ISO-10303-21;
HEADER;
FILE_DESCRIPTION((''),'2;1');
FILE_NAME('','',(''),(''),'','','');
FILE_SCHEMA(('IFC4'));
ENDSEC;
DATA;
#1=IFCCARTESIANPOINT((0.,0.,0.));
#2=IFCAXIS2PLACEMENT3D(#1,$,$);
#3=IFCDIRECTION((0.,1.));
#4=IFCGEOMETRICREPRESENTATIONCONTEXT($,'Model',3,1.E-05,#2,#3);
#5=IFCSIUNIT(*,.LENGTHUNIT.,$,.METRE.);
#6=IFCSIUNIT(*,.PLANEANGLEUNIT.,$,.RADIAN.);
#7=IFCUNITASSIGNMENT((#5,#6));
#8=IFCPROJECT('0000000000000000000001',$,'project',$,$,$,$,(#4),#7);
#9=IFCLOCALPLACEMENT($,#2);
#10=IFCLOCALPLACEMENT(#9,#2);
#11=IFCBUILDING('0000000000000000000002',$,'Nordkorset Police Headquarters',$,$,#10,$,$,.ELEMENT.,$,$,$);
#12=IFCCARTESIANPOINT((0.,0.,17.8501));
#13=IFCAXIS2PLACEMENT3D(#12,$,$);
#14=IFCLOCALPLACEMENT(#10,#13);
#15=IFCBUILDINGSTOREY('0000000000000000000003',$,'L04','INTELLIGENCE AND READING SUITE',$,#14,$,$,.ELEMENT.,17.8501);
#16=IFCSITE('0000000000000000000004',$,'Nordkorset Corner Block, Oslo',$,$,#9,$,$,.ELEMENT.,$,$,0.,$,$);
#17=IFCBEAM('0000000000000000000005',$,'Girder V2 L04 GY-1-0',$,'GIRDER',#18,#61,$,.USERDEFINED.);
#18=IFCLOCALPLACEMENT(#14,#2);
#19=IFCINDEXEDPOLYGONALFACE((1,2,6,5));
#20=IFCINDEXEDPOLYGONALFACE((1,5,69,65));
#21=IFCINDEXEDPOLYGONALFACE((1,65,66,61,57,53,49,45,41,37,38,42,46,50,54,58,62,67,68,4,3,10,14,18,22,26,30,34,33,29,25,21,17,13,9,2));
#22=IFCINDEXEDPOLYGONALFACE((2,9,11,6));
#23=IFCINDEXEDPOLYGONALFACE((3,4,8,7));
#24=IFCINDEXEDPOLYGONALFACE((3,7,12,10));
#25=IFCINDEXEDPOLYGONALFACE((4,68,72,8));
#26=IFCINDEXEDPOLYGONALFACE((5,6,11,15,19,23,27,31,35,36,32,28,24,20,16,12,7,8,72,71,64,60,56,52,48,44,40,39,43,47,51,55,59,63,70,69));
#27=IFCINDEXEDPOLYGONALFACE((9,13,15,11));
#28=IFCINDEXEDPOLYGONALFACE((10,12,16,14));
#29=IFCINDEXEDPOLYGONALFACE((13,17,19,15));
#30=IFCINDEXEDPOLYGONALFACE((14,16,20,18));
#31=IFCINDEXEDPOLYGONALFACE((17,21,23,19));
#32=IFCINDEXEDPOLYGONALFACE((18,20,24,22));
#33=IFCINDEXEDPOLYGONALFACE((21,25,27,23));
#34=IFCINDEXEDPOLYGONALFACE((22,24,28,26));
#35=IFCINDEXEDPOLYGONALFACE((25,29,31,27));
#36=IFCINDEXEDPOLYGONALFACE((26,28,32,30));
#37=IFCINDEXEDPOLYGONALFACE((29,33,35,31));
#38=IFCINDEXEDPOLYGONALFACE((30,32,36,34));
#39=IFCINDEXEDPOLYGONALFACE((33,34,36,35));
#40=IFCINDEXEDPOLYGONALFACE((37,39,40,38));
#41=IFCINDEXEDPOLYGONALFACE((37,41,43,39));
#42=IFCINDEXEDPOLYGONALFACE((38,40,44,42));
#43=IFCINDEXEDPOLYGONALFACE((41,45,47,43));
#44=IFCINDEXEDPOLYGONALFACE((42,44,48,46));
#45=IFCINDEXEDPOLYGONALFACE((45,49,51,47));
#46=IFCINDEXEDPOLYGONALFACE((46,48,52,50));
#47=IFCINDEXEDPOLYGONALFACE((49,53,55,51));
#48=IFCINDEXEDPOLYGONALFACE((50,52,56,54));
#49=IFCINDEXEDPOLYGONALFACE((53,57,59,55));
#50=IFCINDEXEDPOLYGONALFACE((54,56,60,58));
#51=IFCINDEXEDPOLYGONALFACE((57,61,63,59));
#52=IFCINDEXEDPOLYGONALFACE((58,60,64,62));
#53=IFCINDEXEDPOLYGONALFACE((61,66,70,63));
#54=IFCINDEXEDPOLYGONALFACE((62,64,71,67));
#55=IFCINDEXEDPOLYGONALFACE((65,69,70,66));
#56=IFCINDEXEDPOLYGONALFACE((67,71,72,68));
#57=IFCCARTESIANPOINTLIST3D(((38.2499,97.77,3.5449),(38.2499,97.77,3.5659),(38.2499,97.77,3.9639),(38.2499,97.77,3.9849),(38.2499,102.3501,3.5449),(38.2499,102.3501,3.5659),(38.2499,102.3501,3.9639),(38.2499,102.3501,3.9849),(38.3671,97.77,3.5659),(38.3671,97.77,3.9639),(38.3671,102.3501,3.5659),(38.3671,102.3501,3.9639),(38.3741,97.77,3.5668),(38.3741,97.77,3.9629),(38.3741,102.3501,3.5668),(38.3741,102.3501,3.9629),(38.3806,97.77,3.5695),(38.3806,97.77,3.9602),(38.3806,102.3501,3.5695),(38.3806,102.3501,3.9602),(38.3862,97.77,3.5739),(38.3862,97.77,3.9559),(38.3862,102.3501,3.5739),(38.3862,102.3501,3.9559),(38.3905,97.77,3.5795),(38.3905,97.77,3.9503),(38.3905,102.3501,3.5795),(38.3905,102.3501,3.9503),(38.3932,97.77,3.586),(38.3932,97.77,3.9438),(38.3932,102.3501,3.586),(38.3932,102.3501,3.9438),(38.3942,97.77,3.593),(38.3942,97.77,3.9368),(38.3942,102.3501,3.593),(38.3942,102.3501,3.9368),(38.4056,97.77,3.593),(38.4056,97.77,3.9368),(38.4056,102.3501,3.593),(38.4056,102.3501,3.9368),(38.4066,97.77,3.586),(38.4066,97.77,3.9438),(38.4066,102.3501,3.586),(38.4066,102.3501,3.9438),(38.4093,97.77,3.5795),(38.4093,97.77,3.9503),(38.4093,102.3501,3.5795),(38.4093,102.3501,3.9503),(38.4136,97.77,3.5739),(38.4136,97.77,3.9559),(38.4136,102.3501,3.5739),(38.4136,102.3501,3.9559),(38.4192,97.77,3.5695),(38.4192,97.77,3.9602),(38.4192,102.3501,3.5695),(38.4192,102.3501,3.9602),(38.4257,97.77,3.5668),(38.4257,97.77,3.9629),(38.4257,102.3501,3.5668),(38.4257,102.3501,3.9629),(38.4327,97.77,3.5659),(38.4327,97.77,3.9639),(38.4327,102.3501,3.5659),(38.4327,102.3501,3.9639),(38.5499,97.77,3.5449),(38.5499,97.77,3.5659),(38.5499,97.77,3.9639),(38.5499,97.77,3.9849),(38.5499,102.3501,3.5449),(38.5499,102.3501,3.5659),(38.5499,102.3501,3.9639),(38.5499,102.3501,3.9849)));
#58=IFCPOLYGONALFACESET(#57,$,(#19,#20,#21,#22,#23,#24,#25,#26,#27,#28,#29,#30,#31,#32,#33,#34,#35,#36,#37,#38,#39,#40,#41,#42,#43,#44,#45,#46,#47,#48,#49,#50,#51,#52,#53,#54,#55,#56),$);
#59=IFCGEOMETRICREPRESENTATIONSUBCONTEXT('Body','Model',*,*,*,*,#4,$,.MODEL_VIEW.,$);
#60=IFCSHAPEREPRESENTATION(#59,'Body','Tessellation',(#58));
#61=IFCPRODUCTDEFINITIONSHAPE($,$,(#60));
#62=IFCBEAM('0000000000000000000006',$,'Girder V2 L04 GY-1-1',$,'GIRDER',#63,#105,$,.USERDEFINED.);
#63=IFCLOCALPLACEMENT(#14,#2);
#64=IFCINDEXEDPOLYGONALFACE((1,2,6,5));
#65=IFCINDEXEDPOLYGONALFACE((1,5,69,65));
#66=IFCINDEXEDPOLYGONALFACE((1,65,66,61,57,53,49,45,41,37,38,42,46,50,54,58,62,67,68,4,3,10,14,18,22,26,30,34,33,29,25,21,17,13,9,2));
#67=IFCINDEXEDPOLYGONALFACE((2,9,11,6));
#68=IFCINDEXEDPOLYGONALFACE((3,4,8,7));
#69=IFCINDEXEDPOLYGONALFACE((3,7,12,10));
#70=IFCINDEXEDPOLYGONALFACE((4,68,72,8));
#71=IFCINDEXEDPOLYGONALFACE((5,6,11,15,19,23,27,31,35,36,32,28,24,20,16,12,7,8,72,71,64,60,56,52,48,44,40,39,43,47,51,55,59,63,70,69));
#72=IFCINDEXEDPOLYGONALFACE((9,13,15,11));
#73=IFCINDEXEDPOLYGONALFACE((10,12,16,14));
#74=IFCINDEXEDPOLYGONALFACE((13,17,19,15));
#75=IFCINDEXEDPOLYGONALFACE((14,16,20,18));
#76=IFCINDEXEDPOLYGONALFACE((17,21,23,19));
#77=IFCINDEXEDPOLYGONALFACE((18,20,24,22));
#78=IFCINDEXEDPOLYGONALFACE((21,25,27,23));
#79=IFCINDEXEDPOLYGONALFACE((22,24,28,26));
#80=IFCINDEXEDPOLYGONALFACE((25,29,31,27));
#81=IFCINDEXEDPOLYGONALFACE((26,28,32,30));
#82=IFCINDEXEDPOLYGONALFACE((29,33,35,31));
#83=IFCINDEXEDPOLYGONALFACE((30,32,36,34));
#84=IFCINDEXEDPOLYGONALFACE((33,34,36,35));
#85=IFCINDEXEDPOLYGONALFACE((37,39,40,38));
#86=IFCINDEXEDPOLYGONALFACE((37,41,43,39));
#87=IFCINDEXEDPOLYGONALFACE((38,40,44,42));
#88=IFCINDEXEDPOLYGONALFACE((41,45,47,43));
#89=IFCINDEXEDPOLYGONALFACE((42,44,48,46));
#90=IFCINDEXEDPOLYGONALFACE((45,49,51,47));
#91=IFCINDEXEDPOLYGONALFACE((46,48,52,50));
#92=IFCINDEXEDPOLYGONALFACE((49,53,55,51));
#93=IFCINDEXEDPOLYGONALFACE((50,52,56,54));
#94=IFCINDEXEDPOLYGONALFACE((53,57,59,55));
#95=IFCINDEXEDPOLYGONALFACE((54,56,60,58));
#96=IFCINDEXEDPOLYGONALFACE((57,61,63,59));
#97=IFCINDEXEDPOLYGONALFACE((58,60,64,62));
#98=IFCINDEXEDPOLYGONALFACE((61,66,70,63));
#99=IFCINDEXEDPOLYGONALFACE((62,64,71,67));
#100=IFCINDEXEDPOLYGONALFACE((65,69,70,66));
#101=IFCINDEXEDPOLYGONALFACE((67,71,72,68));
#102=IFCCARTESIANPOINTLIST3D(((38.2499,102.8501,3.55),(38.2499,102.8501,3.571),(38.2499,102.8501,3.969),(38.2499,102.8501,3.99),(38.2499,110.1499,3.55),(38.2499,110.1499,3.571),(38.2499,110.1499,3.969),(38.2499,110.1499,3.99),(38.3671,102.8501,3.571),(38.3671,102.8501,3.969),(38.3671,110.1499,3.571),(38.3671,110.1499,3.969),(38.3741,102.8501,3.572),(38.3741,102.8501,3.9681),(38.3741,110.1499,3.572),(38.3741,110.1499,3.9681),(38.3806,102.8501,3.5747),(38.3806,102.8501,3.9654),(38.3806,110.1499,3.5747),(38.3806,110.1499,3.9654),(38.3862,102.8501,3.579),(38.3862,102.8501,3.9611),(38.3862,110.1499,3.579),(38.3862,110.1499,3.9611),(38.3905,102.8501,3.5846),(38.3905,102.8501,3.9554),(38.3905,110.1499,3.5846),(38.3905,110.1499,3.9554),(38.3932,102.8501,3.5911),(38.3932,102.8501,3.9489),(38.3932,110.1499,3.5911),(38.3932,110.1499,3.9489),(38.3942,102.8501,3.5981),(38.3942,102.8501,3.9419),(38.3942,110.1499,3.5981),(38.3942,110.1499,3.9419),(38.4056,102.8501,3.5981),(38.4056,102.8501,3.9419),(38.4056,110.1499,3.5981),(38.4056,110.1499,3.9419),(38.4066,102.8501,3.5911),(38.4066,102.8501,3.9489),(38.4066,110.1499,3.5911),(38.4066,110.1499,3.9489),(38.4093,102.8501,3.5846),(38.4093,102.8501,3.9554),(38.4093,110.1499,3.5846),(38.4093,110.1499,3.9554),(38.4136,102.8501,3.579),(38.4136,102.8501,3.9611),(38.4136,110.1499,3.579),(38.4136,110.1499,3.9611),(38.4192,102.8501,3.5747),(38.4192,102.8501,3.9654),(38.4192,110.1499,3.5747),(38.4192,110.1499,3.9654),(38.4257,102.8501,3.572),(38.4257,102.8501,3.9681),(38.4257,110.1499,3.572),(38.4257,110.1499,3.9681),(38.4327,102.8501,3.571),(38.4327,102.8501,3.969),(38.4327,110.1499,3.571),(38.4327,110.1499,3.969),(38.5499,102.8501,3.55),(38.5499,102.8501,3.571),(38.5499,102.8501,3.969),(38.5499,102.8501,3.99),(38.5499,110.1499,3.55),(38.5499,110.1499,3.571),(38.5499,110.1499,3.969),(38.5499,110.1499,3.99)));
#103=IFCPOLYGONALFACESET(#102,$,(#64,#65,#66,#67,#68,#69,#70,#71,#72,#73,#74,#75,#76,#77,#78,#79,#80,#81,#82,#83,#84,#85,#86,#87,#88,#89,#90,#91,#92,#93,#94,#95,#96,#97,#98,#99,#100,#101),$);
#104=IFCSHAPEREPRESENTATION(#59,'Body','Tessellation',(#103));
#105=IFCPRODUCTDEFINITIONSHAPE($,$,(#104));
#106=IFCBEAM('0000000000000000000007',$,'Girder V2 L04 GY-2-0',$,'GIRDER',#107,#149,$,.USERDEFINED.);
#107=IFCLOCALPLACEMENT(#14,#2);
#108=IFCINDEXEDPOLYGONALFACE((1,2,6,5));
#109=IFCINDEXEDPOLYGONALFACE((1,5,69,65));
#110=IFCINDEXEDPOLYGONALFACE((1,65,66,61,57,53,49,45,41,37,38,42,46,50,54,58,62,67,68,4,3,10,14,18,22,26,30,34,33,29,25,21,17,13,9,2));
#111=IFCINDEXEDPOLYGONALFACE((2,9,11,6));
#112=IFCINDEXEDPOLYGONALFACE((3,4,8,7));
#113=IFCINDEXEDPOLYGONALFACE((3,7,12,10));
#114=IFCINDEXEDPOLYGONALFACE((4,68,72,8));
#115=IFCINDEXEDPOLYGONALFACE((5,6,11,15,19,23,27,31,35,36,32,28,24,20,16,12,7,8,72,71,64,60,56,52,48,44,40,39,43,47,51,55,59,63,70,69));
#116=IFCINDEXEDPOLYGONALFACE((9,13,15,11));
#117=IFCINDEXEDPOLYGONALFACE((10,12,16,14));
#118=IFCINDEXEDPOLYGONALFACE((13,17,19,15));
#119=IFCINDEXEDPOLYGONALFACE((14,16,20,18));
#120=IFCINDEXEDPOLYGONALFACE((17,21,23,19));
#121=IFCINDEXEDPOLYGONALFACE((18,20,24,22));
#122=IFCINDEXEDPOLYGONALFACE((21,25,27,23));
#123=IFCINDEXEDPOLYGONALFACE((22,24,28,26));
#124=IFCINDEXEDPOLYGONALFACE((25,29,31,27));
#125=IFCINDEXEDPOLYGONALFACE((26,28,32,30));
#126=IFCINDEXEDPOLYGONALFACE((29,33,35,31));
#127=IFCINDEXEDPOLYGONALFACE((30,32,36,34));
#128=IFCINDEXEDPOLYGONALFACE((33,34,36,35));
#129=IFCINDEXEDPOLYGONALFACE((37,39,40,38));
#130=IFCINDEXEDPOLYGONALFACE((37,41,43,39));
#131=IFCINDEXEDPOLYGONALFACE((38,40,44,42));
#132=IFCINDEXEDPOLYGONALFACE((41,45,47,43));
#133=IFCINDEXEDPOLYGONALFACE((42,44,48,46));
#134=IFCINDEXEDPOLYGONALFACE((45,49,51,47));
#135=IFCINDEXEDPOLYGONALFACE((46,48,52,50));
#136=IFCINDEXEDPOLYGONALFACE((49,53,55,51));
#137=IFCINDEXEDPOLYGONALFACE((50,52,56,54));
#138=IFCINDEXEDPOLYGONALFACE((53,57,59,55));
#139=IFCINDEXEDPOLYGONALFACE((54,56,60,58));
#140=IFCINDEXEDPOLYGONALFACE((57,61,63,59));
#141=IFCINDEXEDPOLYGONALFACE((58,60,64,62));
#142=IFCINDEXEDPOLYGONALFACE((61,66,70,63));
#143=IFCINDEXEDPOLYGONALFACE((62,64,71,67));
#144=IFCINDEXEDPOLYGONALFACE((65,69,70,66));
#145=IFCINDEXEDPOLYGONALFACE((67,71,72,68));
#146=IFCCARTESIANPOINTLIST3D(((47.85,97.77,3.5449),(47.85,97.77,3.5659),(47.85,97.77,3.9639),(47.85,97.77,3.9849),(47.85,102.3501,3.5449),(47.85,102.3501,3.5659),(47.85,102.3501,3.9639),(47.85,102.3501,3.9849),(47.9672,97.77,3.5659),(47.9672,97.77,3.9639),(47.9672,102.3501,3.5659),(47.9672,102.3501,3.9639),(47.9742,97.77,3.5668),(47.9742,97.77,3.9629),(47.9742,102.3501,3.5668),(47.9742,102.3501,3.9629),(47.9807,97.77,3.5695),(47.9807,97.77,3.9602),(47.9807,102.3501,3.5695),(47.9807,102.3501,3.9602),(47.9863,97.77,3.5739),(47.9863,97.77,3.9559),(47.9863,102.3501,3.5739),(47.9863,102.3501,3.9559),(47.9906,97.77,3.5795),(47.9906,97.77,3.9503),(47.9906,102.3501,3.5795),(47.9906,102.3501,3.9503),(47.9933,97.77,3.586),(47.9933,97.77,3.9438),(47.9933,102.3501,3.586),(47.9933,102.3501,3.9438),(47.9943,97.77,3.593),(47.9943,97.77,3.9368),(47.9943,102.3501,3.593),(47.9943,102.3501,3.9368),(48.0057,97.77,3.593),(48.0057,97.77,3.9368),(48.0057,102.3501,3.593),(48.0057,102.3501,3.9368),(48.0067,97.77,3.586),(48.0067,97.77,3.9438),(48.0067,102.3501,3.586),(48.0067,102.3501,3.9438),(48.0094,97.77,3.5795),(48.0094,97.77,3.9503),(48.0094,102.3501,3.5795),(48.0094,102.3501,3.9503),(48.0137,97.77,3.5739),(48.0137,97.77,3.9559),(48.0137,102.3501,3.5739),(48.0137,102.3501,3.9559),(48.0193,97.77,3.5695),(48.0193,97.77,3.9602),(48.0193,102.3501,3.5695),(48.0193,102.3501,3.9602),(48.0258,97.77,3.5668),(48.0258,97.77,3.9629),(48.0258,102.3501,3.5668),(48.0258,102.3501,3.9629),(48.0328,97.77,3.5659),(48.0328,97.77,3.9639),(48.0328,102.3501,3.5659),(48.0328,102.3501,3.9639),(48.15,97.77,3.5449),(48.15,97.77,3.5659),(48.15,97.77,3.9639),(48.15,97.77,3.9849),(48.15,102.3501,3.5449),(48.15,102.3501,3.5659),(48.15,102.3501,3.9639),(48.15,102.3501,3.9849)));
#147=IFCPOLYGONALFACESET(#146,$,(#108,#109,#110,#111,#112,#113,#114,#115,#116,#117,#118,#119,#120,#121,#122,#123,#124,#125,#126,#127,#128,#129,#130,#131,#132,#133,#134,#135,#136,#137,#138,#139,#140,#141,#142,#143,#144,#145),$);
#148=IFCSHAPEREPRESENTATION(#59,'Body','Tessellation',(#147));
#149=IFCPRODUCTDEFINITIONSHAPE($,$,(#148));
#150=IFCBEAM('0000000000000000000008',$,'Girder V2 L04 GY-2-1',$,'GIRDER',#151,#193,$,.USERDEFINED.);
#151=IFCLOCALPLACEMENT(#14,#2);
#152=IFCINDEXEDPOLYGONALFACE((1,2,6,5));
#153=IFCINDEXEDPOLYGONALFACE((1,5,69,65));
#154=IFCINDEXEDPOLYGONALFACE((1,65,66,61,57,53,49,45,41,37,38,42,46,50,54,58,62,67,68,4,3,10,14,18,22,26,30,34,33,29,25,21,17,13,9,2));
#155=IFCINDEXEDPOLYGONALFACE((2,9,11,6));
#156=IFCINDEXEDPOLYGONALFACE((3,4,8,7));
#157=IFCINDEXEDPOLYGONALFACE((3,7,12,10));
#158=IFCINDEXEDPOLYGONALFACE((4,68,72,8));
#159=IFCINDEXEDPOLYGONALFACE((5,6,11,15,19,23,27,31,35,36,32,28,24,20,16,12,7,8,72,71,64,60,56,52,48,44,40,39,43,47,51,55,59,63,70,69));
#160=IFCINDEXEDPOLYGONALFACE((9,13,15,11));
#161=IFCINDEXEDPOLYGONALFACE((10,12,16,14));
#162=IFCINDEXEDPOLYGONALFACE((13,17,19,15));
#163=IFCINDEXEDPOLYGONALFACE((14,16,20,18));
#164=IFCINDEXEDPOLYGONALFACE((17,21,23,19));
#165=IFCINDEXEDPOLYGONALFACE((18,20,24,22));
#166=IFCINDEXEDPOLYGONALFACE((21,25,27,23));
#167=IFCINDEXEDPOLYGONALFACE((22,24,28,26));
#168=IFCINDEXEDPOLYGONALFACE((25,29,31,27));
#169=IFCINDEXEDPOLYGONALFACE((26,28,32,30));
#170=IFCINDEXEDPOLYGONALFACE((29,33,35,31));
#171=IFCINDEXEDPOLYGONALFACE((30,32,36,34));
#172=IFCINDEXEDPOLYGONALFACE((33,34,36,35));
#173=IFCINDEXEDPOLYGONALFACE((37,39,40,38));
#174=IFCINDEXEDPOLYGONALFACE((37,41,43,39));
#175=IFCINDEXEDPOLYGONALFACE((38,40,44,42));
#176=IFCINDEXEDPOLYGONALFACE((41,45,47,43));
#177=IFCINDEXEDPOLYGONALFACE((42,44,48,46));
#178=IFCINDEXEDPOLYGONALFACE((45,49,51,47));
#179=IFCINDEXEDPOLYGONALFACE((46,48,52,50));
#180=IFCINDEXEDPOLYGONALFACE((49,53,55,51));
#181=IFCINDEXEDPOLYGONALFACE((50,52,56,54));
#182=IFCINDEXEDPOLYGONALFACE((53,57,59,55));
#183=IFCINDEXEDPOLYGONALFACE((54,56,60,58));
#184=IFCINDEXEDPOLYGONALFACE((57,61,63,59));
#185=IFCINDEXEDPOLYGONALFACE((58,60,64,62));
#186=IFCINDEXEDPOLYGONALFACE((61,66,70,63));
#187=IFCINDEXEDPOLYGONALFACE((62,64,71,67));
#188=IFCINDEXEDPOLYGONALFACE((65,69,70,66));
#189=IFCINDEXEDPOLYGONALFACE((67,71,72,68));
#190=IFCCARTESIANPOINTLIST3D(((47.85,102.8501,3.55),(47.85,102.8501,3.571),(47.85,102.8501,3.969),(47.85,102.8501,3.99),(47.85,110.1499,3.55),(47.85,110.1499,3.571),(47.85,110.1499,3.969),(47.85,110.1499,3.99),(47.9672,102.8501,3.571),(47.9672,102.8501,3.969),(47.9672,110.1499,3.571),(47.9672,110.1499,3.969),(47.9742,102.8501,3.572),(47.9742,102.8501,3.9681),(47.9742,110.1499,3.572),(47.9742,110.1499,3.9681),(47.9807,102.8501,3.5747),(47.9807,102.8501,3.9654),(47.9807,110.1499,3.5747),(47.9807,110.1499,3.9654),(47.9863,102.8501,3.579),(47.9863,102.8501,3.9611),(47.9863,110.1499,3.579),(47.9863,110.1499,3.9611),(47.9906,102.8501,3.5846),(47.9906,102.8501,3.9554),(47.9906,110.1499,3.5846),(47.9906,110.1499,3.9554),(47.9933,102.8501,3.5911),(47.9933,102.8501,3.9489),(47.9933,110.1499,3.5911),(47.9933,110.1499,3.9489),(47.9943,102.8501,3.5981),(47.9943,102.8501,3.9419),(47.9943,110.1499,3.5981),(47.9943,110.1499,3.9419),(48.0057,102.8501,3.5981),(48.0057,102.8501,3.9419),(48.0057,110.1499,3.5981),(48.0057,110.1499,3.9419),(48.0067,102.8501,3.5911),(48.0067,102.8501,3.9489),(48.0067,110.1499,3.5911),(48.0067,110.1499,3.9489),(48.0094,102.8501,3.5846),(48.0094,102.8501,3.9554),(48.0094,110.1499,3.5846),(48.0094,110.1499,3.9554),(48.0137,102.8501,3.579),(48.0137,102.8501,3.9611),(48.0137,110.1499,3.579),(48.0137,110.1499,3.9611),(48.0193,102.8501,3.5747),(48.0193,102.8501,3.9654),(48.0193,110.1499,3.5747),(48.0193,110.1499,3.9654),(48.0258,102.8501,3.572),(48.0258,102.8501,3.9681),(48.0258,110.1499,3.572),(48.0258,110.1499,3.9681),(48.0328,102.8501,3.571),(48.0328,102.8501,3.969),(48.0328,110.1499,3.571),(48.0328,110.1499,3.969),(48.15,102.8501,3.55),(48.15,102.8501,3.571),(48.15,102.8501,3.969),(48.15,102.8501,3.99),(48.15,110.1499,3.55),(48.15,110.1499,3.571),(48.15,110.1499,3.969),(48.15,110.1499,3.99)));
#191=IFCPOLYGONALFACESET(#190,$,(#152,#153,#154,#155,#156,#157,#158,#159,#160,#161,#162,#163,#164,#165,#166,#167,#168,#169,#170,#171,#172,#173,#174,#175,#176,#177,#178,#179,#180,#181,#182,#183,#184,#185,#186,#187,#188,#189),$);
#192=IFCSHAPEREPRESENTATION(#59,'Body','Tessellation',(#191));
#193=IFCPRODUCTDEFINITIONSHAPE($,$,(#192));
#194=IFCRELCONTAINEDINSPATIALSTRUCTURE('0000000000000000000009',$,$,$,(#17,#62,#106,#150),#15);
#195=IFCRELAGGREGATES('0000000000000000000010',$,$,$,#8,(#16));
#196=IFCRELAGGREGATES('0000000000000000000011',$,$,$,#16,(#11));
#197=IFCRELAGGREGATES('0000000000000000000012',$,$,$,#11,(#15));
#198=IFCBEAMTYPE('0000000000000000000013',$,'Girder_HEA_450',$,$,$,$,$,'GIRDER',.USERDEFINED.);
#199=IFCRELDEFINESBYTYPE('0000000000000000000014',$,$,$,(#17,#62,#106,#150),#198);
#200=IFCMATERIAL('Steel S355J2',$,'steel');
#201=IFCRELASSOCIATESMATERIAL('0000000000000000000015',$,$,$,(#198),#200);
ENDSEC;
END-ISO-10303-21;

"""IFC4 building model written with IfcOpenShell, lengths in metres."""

from ifc_helpers import new_model, si_unit, direction, frame, origin, origin_2d, place, context, subcontext, project, spatial, i_section, extrude, material, material_profile, profile_set, type_object, element, save


model = new_model("IFC4")

# Units and contexts
model_context = context("Model", 3, precision=1e-05, world=origin(), true_north=direction((0.0, 1.0)))
body_context = subcontext(model_context, "Body", "Model", "MODEL_VIEW")
ifc_project = project(units=[si_unit("LENGTHUNIT", "METRE"), si_unit("PLANEANGLEUNIT", "RADIAN")], contexts=[model_context])

# Site, building, storey
site_placement = place(None, origin())
site = spatial("IfcSite", under=ifc_project, at=site_placement, Name="Nordkorset Corner Block, Oslo", CompositionType="ELEMENT", RefElevation=0.0)
building_placement = place(site_placement, origin())
building = spatial("IfcBuilding", under=site, at=building_placement, Name="Nordkorset Police Headquarters", CompositionType="ELEMENT")
storey_placement = place(building_placement, frame((0.0, 0.0, 17.8501)))
storey = spatial("IfcBuildingStorey", under=building, at=storey_placement, Name="L04", Description="INTELLIGENCE AND READING SUITE", CompositionType="ELEMENT", Elevation=17.8501)

# Beams
ifc_material_1 = material(Name="Steel S355J2", Category="steel")
ifc_material_profile_1 = material_profile(ifc_material_1, i_section(OverallWidth=0.3, OverallDepth=0.4399, WebThickness=0.0115, FlangeThickness=0.021, FilletRadius=0.0271, at=origin_2d()), Name="HEA 450")
ifc_profile_set_1 = profile_set([ifc_material_profile_1], Name="Steel S355J2")
beam_type_1 = type_object("IfcBeamType", Name="Girder_HEA_450", ElementType="GIRDER", PredefinedType="USERDEFINED", material=ifc_profile_set_1)
beam_1_placement = place(storey_placement, frame((38.3999, 97.77, 3.7649), z_axis=(0.0, 1.0, 0.0), x_axis=(-1.0, 0.0, 0.0)))
element("IfcBeam", 1, at=beam_1_placement, inside=storey, type_object=beam_type_1, Name="Girder V2 L04 GY-1-0", ObjectType="GIRDER", PredefinedType="USERDEFINED", context=body_context, shape_type="SweptSolid", body=[
    extrude(i_section(OverallWidth=0.3, OverallDepth=0.4399, WebThickness=0.0115, FlangeThickness=0.021, FilletRadius=0.0271, at=origin_2d()), origin(), (0.0, 0.0, 1.0), 4.5801),
])
beam_2_placement = place(storey_placement, frame((38.3999, 102.8501, 3.77), z_axis=(0.0, 1.0, 0.0), x_axis=(-1.0, 0.0, 0.0)))
element("IfcBeam", 2, at=beam_2_placement, inside=storey, type_object=beam_type_1, Name="Girder V2 L04 GY-1-1", ObjectType="GIRDER", PredefinedType="USERDEFINED", context=body_context, shape_type="SweptSolid", body=[
    extrude(i_section(OverallWidth=0.3, OverallDepth=0.4399, WebThickness=0.0115, FlangeThickness=0.021, FilletRadius=0.0271, at=origin_2d()), origin(), (0.0, 0.0, 1.0), 7.2998),
])
beam_3_placement = place(storey_placement, frame((48.0, 97.77, 3.7649), z_axis=(0.0, 1.0, 0.0), x_axis=(-1.0, 0.0, 0.0)))
element("IfcBeam", 3, at=beam_3_placement, inside=storey, type_object=beam_type_1, Name="Girder V2 L04 GY-2-0", ObjectType="GIRDER", PredefinedType="USERDEFINED", context=body_context, shape_type="SweptSolid", body=[
    extrude(i_section(OverallWidth=0.3, OverallDepth=0.4399, WebThickness=0.0115, FlangeThickness=0.021, FilletRadius=0.0271, at=origin_2d()), origin(), (0.0, 0.0, 1.0), 4.5801),
])
beam_4_placement = place(storey_placement, frame((48.0, 102.8501, 3.77), z_axis=(0.0, 1.0, 0.0), x_axis=(-1.0, 0.0, 0.0)))
element("IfcBeam", 4, at=beam_4_placement, inside=storey, type_object=beam_type_1, Name="Girder V2 L04 GY-2-1", ObjectType="GIRDER", PredefinedType="USERDEFINED", context=body_context, shape_type="SweptSolid", body=[
    extrude(i_section(OverallWidth=0.3, OverallDepth=0.4399, WebThickness=0.0115, FlangeThickness=0.021, FilletRadius=0.0271, at=origin_2d()), origin(), (0.0, 0.0, 1.0), 7.2998),
])

save(model, "model.ifc")
